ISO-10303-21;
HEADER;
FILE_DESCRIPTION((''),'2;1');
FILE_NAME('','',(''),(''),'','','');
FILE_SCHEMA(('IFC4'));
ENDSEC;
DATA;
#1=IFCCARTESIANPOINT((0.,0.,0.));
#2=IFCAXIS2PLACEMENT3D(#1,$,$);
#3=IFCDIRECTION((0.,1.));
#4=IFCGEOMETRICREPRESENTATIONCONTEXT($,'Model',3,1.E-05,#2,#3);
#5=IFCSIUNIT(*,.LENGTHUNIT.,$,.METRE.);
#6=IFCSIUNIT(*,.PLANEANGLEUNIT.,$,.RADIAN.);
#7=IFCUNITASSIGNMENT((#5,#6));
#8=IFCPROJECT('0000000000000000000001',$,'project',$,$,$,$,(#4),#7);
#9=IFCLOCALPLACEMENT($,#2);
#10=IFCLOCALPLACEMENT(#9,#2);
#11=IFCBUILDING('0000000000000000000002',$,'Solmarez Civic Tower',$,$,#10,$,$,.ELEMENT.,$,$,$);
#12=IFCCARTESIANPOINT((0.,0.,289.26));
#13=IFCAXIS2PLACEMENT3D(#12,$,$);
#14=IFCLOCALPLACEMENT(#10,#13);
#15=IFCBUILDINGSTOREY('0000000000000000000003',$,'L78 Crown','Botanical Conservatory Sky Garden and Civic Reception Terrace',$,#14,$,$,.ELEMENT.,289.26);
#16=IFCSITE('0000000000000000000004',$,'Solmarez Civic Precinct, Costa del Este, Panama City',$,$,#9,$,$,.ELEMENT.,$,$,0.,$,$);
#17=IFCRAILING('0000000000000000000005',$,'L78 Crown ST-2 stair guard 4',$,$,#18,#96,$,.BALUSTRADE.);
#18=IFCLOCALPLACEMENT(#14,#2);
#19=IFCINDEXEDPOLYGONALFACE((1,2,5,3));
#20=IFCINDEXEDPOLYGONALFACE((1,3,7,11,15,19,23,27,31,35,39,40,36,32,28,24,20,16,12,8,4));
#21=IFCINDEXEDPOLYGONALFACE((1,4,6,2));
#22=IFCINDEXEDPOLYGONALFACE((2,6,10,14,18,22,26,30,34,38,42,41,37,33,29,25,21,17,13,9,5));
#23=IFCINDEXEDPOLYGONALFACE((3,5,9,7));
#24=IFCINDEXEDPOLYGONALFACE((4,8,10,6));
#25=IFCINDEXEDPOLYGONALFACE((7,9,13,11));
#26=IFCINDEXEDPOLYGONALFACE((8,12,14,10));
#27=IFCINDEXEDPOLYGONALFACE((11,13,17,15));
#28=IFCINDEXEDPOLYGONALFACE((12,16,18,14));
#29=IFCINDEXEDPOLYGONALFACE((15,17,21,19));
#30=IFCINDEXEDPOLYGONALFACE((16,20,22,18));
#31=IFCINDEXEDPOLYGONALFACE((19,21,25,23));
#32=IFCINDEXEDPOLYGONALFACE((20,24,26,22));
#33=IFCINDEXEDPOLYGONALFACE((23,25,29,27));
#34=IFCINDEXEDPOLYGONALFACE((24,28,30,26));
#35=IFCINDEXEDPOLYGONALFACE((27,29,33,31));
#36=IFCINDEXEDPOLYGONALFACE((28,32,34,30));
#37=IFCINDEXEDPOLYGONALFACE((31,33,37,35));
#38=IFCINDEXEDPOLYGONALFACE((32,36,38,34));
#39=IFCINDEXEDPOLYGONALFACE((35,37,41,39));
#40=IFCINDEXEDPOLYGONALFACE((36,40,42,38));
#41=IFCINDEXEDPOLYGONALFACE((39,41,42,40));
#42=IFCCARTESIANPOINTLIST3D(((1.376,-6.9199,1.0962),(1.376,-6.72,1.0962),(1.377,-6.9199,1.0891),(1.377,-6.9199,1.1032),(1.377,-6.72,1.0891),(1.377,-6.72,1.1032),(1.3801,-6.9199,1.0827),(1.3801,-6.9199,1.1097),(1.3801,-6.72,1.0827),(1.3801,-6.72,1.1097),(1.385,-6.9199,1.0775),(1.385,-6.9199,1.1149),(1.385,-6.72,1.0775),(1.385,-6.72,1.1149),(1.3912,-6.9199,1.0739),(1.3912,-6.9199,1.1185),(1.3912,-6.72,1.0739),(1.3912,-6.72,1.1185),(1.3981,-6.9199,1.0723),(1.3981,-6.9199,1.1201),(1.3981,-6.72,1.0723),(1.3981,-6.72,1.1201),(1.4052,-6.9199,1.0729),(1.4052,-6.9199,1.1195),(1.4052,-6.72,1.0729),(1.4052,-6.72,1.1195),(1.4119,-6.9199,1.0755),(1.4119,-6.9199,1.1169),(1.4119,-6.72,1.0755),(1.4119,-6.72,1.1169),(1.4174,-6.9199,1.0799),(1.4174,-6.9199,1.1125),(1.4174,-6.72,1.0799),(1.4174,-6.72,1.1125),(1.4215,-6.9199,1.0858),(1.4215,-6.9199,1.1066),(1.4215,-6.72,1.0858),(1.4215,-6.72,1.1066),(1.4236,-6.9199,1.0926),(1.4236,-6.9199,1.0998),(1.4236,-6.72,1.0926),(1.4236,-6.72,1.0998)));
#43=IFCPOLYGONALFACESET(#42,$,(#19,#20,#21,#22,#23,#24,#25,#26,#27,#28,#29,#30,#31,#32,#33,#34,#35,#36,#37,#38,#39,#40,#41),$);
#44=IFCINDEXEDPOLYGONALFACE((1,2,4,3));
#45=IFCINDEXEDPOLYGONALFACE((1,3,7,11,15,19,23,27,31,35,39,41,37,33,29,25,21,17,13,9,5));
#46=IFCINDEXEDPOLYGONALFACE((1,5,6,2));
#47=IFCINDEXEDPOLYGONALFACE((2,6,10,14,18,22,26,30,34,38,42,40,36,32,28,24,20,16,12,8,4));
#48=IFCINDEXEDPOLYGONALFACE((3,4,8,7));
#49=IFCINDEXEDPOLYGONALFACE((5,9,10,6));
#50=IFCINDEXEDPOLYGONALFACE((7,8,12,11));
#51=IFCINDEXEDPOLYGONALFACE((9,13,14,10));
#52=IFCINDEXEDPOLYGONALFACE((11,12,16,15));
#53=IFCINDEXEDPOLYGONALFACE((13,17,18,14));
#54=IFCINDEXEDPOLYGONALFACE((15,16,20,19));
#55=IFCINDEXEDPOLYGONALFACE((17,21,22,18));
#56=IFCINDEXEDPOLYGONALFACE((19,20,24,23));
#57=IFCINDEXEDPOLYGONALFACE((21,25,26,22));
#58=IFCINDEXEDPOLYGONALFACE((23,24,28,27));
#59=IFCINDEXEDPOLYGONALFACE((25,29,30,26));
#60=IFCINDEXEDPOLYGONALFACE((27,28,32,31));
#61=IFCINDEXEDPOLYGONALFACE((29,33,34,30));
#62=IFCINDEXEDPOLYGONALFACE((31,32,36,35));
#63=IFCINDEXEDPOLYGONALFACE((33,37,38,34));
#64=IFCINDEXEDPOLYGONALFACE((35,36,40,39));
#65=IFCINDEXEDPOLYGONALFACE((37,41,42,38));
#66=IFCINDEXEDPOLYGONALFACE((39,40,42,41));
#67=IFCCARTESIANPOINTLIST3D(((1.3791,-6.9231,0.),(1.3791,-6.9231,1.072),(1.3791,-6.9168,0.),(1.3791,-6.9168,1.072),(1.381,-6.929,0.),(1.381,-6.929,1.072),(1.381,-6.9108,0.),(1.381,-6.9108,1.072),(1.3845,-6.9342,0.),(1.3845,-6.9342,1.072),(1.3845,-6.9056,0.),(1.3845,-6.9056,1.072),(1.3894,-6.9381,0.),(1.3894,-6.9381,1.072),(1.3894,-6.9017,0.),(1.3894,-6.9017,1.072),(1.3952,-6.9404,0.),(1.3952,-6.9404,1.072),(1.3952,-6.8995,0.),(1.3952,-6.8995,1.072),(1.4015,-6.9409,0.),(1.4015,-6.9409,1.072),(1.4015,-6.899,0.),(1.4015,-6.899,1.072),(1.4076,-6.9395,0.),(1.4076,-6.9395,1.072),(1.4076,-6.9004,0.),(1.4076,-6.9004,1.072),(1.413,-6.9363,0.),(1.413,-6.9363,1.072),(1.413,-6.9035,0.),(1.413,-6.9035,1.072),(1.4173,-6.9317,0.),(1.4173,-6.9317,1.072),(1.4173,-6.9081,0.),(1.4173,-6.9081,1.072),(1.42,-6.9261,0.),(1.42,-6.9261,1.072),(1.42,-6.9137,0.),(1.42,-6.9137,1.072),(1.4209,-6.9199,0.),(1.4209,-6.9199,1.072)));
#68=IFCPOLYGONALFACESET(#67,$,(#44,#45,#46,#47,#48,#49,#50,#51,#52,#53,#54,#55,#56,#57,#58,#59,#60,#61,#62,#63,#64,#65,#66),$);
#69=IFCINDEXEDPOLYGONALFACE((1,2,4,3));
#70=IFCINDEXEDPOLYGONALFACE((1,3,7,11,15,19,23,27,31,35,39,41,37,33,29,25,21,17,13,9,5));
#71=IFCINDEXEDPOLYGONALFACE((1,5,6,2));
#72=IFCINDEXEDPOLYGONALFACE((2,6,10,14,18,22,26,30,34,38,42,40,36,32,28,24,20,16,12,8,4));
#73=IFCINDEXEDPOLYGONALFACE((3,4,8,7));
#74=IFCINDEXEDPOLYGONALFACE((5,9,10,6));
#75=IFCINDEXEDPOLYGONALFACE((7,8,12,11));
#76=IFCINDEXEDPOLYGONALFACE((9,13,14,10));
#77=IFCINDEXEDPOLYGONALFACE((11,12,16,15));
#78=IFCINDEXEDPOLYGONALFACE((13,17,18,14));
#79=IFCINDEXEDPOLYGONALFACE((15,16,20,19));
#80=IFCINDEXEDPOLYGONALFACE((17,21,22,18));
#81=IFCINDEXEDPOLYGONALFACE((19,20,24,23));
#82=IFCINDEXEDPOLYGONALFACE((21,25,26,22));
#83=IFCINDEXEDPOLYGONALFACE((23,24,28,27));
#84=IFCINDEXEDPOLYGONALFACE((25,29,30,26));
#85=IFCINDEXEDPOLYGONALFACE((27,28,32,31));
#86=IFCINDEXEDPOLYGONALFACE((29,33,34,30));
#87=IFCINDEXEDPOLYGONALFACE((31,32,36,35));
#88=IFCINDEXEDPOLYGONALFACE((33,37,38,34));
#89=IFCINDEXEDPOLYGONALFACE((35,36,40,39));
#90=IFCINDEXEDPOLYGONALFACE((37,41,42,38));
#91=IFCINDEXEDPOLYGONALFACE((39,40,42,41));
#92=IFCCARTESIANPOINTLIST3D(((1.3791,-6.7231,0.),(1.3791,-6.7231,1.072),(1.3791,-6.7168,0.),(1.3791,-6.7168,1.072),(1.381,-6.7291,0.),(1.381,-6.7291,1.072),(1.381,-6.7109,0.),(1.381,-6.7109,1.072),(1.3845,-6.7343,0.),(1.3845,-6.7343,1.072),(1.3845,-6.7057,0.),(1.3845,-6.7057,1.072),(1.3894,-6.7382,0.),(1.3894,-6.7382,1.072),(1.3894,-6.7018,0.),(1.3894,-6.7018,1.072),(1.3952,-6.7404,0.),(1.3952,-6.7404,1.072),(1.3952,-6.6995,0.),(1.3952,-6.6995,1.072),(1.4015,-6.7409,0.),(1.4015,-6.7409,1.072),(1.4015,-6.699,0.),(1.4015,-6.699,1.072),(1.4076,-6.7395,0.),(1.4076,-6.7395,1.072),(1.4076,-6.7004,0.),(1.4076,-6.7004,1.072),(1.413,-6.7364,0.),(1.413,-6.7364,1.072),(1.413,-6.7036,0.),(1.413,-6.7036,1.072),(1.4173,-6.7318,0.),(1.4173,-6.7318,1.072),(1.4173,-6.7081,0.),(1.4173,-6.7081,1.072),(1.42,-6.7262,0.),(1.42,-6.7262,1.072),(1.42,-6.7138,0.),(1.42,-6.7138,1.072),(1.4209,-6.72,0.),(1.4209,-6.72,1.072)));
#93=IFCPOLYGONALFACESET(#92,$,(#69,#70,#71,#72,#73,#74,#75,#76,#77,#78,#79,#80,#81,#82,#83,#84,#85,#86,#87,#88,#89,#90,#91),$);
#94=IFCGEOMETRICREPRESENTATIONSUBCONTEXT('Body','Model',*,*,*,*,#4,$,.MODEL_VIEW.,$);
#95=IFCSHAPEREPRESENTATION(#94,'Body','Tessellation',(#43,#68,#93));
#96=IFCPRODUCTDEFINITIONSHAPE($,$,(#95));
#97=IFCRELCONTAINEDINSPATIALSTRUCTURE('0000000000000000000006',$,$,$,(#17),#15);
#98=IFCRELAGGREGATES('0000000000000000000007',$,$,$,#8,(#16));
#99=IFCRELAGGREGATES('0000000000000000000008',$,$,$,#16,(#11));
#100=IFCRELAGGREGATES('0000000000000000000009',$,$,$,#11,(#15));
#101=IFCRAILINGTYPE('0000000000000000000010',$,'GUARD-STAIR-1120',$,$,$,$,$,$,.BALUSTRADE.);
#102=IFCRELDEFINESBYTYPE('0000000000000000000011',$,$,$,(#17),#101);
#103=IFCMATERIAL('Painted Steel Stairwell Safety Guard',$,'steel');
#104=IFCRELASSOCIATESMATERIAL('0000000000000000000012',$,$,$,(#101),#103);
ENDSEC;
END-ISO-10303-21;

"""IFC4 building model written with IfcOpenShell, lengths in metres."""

from ifc_helpers import new_model, si_unit, direction, frame, origin, origin_2d, place, context, subcontext, project, spatial, circle, extrude, material, type_object, element, save


model = new_model("IFC4")

# Units and contexts
model_context = context("Model", 3, precision=1e-05, world=origin(), true_north=direction((0.0, 1.0)))
body_context = subcontext(model_context, "Body", "Model", "MODEL_VIEW")
ifc_project = project(units=[si_unit("LENGTHUNIT", "METRE"), si_unit("PLANEANGLEUNIT", "RADIAN")], contexts=[model_context])

# Site, building, storey
site_placement = place(None, origin())
site = spatial("IfcSite", under=ifc_project, at=site_placement, Name="Solmarez Civic Precinct, Costa del Este, Panama City", CompositionType="ELEMENT", RefElevation=0.0)
building_placement = place(site_placement, origin())
building = spatial("IfcBuilding", under=site, at=building_placement, Name="Solmarez Civic Tower", CompositionType="ELEMENT")
storey_placement = place(building_placement, frame((0.0, 0.0, 289.26)))
storey = spatial("IfcBuildingStorey", under=building, at=storey_placement, Name="L78 Crown", Description="Botanical Conservatory Sky Garden and Civic Reception Terrace", CompositionType="ELEMENT", Elevation=289.26)

# Railing
ifc_material_1 = material(Name="Painted Steel Stairwell Safety Guard", Category="steel")
railing_type_1 = type_object("IfcRailingType", Name="GUARD-STAIR-1120", PredefinedType="BALUSTRADE", material=ifc_material_1)
railing_1_placement = place(storey_placement, frame((1.3999, -6.9199, 0.0)))
element("IfcRailing", 1, at=railing_1_placement, inside=storey, type_object=railing_type_1, Name="L78 Crown ST-2 stair guard 4", PredefinedType="BALUSTRADE", context=body_context, shape_type="SweptSolid", body=[
    extrude(circle(Radius=0.0239, at=origin_2d()), frame((0.0, 0.0, 1.0962), z_axis=(0.0, 1.0, 0.0), x_axis=(-1.0, 0.0, 0.0)), (0.0, 0.0, 1.0), 0.2),
    extrude(circle(Radius=0.021, at=origin_2d()), origin(), (0.0, 0.0, 1.0), 1.072),
    extrude(circle(Radius=0.021, at=origin_2d()), frame((0.0, 0.2, 0.0)), (0.0, 0.0, 1.0), 1.072),
])

save(model, "model.ifc")
